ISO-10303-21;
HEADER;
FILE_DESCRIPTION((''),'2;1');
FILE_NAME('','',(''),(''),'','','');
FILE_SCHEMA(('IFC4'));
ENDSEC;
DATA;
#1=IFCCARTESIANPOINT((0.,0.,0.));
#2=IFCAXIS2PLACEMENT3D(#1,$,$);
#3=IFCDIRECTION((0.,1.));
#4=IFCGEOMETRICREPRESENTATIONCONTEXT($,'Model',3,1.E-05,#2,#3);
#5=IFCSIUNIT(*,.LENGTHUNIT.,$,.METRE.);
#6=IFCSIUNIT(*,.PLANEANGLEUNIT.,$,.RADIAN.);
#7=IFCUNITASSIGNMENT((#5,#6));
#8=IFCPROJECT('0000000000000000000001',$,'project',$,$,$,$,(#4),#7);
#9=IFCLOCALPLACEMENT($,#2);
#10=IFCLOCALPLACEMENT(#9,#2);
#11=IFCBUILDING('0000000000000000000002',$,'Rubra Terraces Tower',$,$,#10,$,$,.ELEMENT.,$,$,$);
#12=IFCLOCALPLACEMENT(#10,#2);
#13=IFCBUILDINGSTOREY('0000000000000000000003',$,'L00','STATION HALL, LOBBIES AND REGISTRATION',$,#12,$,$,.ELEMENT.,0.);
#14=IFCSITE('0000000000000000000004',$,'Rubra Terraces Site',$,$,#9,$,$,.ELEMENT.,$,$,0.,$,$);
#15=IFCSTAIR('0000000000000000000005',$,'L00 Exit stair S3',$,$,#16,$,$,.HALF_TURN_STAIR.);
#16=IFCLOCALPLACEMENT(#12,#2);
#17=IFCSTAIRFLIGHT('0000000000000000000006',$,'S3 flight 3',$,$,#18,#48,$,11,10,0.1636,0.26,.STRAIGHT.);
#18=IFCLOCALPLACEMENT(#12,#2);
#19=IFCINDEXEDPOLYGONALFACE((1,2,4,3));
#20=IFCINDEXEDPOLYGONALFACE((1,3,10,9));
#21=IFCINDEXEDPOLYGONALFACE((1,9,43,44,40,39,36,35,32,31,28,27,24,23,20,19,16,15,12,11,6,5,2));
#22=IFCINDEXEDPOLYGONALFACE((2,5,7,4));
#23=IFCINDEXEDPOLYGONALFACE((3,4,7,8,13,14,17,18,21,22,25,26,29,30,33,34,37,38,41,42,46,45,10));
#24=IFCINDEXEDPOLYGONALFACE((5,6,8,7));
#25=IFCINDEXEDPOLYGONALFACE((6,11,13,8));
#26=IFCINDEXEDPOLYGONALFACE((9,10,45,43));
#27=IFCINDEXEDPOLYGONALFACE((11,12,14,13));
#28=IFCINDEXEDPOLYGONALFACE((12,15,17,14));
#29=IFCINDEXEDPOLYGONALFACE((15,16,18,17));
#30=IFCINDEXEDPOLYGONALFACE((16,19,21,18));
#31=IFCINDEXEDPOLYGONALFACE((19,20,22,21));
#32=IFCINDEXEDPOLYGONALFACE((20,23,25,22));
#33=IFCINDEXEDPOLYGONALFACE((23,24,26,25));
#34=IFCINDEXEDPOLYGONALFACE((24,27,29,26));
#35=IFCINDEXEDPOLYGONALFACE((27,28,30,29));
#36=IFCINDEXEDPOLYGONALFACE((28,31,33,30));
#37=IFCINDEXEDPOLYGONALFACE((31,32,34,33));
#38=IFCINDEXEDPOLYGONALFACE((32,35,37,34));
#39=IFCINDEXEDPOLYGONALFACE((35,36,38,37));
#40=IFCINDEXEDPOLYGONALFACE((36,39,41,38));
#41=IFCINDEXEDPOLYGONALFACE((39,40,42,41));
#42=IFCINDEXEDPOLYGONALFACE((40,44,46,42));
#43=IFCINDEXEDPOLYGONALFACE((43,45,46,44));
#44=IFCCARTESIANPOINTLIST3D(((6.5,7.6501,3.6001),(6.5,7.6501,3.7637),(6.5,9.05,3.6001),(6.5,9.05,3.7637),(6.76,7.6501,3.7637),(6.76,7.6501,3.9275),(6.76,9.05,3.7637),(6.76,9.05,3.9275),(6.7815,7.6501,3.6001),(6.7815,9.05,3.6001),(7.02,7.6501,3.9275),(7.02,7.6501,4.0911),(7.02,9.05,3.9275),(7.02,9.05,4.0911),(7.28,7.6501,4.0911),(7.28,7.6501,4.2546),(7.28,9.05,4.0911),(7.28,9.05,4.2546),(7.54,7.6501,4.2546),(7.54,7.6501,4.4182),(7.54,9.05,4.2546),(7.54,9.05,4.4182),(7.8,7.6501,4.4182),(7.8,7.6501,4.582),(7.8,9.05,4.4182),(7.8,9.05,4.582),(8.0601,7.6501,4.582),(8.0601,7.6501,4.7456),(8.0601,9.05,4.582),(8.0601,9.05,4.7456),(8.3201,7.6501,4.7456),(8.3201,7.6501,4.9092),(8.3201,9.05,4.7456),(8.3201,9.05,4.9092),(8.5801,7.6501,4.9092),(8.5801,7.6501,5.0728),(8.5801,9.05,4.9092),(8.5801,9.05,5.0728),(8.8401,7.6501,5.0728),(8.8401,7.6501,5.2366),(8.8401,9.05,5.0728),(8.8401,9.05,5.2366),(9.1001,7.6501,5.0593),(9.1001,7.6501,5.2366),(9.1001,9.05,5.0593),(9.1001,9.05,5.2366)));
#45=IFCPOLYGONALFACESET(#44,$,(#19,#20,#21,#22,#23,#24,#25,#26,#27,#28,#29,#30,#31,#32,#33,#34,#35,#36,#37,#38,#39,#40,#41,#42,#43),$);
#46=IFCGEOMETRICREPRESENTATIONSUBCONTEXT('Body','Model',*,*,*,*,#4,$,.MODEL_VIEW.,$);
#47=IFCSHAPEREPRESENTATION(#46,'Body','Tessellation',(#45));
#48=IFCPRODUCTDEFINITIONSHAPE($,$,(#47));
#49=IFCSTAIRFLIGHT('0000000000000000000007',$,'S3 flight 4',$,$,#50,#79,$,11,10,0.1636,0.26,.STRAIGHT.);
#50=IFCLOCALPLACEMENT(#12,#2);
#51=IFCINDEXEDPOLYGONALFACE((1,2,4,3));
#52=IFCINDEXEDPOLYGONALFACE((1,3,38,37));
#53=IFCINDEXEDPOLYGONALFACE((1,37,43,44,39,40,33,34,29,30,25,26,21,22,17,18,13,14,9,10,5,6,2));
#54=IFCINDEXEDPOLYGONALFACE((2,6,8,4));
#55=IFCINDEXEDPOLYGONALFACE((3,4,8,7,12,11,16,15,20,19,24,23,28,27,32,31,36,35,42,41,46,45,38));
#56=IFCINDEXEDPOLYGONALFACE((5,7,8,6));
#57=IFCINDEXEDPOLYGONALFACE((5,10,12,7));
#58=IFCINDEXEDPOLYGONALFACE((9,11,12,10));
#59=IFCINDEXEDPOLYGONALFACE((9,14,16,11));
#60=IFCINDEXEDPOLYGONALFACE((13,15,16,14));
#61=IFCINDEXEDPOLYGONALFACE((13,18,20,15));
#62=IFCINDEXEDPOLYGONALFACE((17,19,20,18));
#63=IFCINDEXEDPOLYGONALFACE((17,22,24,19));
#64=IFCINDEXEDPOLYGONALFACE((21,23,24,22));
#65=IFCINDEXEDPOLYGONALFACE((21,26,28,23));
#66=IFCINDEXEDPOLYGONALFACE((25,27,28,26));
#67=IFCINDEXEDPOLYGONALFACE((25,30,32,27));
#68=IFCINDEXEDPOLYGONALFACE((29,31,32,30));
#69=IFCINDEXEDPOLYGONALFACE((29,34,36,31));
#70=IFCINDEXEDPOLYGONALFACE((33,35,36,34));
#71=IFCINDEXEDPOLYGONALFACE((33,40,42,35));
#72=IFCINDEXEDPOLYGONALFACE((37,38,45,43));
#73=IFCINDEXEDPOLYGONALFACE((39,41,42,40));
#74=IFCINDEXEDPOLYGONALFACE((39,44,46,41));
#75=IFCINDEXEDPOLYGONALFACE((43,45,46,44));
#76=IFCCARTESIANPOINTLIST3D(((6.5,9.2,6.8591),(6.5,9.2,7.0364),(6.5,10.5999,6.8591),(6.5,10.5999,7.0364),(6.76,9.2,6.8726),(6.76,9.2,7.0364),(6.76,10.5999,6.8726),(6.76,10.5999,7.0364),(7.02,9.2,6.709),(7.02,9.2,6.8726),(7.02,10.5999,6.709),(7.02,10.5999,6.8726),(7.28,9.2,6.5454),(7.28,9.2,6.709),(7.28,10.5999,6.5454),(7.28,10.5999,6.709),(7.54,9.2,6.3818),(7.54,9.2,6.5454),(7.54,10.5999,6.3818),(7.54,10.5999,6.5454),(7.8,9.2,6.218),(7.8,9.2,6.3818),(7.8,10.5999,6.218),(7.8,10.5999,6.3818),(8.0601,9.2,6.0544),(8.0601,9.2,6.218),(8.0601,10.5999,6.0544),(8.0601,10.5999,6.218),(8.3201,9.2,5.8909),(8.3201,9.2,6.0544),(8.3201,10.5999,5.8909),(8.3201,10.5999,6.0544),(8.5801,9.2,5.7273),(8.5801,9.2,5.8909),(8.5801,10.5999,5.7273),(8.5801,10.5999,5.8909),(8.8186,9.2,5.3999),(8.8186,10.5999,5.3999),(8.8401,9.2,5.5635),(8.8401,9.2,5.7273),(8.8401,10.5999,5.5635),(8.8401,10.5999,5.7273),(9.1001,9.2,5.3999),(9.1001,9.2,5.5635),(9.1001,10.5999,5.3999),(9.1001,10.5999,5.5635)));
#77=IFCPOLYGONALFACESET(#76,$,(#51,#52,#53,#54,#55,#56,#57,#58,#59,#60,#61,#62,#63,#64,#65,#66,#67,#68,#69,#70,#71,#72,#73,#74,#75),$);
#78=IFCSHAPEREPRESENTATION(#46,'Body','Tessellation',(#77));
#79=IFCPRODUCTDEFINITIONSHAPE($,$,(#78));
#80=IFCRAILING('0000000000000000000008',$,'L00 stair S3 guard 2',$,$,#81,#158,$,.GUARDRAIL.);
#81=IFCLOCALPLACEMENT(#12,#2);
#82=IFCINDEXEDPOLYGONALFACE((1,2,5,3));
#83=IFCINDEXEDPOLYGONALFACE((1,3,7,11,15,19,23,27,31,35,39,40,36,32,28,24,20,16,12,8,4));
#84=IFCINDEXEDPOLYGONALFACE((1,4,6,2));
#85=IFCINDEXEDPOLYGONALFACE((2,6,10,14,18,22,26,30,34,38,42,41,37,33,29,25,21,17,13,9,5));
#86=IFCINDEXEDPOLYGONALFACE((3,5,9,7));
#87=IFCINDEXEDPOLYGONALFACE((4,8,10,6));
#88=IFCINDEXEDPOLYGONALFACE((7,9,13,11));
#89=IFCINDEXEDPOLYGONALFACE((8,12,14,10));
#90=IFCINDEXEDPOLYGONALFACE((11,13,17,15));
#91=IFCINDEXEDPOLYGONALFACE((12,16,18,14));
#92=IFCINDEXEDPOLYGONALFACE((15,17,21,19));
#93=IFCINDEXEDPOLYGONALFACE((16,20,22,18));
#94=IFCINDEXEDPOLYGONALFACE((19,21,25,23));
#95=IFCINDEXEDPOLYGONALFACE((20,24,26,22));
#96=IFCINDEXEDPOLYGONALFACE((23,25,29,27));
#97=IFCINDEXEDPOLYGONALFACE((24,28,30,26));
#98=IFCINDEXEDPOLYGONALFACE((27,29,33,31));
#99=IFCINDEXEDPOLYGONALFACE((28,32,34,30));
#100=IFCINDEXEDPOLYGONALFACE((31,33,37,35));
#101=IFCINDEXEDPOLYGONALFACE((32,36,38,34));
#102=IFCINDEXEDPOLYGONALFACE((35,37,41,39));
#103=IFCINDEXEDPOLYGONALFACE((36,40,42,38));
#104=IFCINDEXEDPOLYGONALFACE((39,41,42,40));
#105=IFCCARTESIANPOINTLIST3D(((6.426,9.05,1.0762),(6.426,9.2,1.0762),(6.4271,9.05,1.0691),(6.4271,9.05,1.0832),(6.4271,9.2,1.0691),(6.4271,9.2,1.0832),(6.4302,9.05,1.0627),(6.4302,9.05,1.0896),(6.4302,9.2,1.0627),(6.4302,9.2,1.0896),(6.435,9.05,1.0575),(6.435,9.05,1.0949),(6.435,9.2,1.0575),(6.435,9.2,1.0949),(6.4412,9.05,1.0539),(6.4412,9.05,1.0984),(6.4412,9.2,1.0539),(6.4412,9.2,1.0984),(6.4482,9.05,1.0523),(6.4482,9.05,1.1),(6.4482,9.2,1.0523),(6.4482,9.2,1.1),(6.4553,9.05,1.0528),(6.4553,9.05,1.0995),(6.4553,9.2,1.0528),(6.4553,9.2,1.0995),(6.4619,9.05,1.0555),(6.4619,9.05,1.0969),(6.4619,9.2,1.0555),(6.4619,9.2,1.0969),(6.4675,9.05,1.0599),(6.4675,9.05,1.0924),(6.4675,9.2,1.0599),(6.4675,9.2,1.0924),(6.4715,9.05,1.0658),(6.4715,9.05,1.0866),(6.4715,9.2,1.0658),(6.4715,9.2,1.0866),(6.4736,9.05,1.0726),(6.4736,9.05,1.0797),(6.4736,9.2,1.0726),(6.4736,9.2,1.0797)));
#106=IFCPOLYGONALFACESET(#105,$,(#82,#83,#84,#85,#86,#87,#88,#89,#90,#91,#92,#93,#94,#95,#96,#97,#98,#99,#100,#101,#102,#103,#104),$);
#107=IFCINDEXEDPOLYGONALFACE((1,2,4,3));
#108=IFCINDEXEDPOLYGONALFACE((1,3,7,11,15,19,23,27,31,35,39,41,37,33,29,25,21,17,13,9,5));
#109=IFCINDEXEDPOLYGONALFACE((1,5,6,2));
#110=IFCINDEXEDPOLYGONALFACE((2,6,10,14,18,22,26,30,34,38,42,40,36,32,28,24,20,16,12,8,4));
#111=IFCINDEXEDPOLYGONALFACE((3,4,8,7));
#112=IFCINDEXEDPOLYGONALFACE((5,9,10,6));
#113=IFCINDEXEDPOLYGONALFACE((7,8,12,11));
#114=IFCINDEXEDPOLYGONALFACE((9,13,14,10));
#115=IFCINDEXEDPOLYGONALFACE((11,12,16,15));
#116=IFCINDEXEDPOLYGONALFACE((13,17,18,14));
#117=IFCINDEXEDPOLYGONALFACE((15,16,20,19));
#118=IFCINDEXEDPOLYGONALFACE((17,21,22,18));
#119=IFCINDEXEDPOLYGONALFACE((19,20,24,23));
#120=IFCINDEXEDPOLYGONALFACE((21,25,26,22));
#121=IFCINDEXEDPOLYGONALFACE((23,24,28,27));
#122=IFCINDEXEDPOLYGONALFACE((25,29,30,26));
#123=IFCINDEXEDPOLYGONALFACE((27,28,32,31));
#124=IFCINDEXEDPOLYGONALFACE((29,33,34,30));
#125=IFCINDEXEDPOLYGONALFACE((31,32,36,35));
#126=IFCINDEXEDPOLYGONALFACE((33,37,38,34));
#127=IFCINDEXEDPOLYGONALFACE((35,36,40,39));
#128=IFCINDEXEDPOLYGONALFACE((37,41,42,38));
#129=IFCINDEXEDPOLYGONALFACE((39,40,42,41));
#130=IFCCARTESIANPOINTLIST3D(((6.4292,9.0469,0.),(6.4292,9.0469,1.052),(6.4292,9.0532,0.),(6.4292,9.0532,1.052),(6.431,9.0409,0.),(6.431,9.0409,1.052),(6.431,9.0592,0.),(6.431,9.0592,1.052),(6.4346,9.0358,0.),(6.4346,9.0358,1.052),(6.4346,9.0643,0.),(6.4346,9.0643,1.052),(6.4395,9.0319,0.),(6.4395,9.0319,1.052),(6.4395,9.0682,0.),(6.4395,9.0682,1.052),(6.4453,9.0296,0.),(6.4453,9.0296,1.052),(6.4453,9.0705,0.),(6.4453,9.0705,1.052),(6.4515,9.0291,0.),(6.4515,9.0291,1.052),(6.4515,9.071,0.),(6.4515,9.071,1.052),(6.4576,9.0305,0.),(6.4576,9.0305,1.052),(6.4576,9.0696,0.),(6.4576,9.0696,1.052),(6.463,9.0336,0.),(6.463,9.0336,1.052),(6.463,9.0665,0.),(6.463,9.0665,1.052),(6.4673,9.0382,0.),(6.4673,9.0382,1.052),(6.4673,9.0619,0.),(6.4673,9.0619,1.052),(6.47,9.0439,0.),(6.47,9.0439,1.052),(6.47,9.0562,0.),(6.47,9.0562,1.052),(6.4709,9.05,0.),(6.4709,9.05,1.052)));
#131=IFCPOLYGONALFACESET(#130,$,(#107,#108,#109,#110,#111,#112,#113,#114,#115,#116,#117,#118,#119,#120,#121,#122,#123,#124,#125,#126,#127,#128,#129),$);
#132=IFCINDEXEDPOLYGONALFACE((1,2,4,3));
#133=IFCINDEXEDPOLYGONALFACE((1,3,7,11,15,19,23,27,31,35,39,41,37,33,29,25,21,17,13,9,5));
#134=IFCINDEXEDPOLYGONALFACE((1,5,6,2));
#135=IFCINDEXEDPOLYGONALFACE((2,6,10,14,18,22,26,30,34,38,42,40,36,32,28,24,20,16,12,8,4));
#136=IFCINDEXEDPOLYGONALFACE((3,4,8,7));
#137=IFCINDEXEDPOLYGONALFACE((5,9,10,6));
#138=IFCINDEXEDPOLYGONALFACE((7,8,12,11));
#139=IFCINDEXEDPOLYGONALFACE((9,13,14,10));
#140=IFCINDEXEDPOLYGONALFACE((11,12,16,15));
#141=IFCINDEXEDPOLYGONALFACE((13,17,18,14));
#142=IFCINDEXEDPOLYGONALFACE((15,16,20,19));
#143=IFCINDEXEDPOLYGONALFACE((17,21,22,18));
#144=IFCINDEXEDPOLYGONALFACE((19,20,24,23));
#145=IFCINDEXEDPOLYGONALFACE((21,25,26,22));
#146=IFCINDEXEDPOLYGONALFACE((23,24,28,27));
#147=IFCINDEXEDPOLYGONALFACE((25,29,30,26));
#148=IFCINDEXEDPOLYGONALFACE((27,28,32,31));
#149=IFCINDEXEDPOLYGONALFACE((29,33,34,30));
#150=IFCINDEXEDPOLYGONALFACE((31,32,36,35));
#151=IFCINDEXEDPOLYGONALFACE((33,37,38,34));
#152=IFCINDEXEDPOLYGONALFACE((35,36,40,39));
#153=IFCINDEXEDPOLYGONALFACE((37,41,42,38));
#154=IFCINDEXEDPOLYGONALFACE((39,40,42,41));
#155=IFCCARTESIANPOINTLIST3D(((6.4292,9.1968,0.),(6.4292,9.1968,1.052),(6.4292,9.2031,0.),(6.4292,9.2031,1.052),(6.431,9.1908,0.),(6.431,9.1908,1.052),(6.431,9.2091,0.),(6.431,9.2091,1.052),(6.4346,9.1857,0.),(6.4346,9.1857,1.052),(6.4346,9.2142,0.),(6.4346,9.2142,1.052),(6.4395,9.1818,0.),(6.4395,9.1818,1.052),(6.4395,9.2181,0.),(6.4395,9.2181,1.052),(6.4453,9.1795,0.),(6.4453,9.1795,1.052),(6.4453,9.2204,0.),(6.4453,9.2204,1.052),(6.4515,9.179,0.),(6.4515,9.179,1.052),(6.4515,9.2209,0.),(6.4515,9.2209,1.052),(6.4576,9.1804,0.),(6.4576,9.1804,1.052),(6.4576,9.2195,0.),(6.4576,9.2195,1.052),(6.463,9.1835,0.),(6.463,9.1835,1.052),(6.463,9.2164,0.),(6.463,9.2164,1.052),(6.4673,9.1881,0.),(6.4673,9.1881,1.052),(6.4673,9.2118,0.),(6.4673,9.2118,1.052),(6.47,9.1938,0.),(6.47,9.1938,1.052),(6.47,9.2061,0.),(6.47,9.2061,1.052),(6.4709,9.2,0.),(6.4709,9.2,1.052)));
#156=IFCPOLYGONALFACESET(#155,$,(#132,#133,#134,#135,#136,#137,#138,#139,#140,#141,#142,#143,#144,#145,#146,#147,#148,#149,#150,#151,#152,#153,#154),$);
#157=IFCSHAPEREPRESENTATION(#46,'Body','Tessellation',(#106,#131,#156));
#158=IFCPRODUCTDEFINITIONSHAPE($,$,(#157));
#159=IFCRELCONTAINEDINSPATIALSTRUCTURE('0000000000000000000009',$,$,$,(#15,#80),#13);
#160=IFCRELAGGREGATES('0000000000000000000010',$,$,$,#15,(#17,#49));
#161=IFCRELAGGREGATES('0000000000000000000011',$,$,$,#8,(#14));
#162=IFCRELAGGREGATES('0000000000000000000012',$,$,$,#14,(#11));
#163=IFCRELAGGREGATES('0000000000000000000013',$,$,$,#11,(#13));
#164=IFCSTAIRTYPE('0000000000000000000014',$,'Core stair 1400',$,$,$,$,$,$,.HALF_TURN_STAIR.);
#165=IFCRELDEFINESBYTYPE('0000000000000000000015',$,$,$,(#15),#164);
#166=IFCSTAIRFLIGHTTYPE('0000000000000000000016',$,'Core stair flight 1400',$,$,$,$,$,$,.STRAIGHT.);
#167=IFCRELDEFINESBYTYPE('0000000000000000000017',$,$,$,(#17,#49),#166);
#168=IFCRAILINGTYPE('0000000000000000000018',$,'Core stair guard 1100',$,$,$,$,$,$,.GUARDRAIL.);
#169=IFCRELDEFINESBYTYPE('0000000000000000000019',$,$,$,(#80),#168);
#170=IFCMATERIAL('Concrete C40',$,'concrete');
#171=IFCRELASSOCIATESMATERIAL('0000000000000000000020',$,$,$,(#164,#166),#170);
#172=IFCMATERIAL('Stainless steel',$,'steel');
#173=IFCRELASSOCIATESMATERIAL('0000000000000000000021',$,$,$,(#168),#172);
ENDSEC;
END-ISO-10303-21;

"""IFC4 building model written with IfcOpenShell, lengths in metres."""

from ifc_helpers import new_model, si_unit, direction, frame, origin, origin_2d, place, context, subcontext, project, spatial, polyline, circle, outline, extrude, material, type_object, element, aggregate, save


model = new_model("IFC4")

# Units and contexts
model_context = context("Model", 3, precision=1e-05, world=origin(), true_north=direction((0.0, 1.0)))
body_context = subcontext(model_context, "Body", "Model", "MODEL_VIEW")
ifc_project = project(units=[si_unit("LENGTHUNIT", "METRE"), si_unit("PLANEANGLEUNIT", "RADIAN")], contexts=[model_context])

# Site, building, storey
site_placement = place(None, origin())
site = spatial("IfcSite", under=ifc_project, at=site_placement, Name="Rubra Terraces Site", CompositionType="ELEMENT", RefElevation=0.0)
building_placement = place(site_placement, origin())
building = spatial("IfcBuilding", under=site, at=building_placement, Name="Rubra Terraces Tower", CompositionType="ELEMENT")
storey_placement = place(building_placement, origin())
storey = spatial("IfcBuildingStorey", under=building, at=storey_placement, Name="L00", Description="STATION HALL, LOBBIES AND REGISTRATION", CompositionType="ELEMENT", Elevation=0.0)

# Shared definitions
ifc_material_1 = material(Name="Stainless steel", Category="steel")

# Shared definitions
ifc_material_2 = material(Name="Concrete C40", Category="concrete")

# Stair, stair flights
stair_type = type_object("IfcStairType", Name="Core stair 1400", PredefinedType="HALF_TURN_STAIR", material=ifc_material_2)
stair_placement = place(storey_placement, origin())
stair = element("IfcStair", 1, at=stair_placement, inside=storey, type_object=stair_type, Name="L00 Exit stair S3", PredefinedType="HALF_TURN_STAIR")
stair_flight_type = type_object("IfcStairFlightType", Name="Core stair flight 1400", PredefinedType="STRAIGHT", material=ifc_material_2)
stair_flight_1_placement = place(storey_placement, frame((6.5, 8.3501, 3.6001), z_axis=(0.0, 0.0, 1.0), x_axis=(1.0, 0.0, 0.0)))
stair_flight_1 = element("IfcStairFlight", 2, at=stair_flight_1_placement, type_object=stair_flight_type, Name="S3 flight 3", NumberOfRisers=11, NumberOfTreads=10, PredefinedType="STRAIGHT", RiserHeight=0.1636, TreadLength=0.26, context=body_context, shape_type="SweptSolid", body=[
    extrude(outline(polyline([(0.0, 0.0), (0.0, 0.1636), (0.26, 0.1636), (0.26, 0.3274), (0.52, 0.3274), (0.52, 0.491), (0.78, 0.491), (0.78, 0.6545), (1.04, 0.6545), (1.04, 0.8181), (1.3, 0.8181), (1.3, 0.9819), (1.5601, 0.9819), (1.5601, 1.1455), (1.8201, 1.1455), (1.8201, 1.3091), (2.0801, 1.3091), (2.0801, 1.4727), (2.3401, 1.4727), (2.3401, 1.6365), (2.6001, 1.6365), (2.6001, 1.8), (2.6001, 1.4592), (0.2815, 0.0), (0.0, 0.0)])), frame((0.0, 0.7, 0.0), z_axis=(0.0, -1.0, 0.0), x_axis=(1.0, 0.0, 0.0)), (0.0, 0.0, 1.0), 1.3999),
])
stair_flight_2_placement = place(storey_placement, frame((9.1001, 9.8999, 5.3999), z_axis=(0.0, 0.0, 1.0), x_axis=(-1.0, 0.0, 0.0)))
stair_flight_2 = element("IfcStairFlight", 3, at=stair_flight_2_placement, type_object=stair_flight_type, Name="S3 flight 4", NumberOfRisers=11, NumberOfTreads=10, PredefinedType="STRAIGHT", RiserHeight=0.1636, TreadLength=0.26, context=body_context, shape_type="SweptSolid", body=[
    extrude(outline(polyline([(0.0, 0.0), (0.0, 0.1636), (0.26, 0.1636), (0.26, 0.3274), (0.52, 0.3274), (0.52, 0.491), (0.78, 0.491), (0.78, 0.6545), (1.04, 0.6545), (1.04, 0.8181), (1.3, 0.8181), (1.3, 0.9819), (1.5601, 0.9819), (1.5601, 1.1455), (1.8201, 1.1455), (1.8201, 1.3091), (2.0801, 1.3091), (2.0801, 1.4727), (2.3401, 1.4727), (2.3401, 1.6365), (2.6001, 1.6365), (2.6001, 1.8), (2.6001, 1.4592), (0.2815, 0.0), (0.0, 0.0)])), frame((0.0, 0.7, 0.0), z_axis=(0.0, -1.0, 0.0), x_axis=(1.0, 0.0, 0.0)), (0.0, 0.0, 1.0), 1.3999),
])
aggregate(stair, [stair_flight_1, stair_flight_2])

# Railing
railing_type_1 = type_object("IfcRailingType", Name="Core stair guard 1100", PredefinedType="GUARDRAIL", material=ifc_material_1)
railing_1_placement = place(storey_placement, frame((6.45, 9.05, 0.0)))
element("IfcRailing", 4, at=railing_1_placement, inside=storey, type_object=railing_type_1, Name="L00 stair S3 guard 2", PredefinedType="GUARDRAIL", context=body_context, shape_type="SweptSolid", body=[
    extrude(circle(Radius=0.0239, at=origin_2d()), frame((0.0, 0.0, 1.0762), z_axis=(0.0, 1.0, 0.0), x_axis=(-1.0, 0.0, 0.0)), (0.0, 0.0, 1.0), 0.1499),
    extrude(circle(Radius=0.021, at=origin_2d()), origin(), (0.0, 0.0, 1.0), 1.052),
    extrude(circle(Radius=0.021, at=origin_2d()), frame((0.0, 0.1499, 0.0)), (0.0, 0.0, 1.0), 1.052),
])

save(model, "model.ifc")
